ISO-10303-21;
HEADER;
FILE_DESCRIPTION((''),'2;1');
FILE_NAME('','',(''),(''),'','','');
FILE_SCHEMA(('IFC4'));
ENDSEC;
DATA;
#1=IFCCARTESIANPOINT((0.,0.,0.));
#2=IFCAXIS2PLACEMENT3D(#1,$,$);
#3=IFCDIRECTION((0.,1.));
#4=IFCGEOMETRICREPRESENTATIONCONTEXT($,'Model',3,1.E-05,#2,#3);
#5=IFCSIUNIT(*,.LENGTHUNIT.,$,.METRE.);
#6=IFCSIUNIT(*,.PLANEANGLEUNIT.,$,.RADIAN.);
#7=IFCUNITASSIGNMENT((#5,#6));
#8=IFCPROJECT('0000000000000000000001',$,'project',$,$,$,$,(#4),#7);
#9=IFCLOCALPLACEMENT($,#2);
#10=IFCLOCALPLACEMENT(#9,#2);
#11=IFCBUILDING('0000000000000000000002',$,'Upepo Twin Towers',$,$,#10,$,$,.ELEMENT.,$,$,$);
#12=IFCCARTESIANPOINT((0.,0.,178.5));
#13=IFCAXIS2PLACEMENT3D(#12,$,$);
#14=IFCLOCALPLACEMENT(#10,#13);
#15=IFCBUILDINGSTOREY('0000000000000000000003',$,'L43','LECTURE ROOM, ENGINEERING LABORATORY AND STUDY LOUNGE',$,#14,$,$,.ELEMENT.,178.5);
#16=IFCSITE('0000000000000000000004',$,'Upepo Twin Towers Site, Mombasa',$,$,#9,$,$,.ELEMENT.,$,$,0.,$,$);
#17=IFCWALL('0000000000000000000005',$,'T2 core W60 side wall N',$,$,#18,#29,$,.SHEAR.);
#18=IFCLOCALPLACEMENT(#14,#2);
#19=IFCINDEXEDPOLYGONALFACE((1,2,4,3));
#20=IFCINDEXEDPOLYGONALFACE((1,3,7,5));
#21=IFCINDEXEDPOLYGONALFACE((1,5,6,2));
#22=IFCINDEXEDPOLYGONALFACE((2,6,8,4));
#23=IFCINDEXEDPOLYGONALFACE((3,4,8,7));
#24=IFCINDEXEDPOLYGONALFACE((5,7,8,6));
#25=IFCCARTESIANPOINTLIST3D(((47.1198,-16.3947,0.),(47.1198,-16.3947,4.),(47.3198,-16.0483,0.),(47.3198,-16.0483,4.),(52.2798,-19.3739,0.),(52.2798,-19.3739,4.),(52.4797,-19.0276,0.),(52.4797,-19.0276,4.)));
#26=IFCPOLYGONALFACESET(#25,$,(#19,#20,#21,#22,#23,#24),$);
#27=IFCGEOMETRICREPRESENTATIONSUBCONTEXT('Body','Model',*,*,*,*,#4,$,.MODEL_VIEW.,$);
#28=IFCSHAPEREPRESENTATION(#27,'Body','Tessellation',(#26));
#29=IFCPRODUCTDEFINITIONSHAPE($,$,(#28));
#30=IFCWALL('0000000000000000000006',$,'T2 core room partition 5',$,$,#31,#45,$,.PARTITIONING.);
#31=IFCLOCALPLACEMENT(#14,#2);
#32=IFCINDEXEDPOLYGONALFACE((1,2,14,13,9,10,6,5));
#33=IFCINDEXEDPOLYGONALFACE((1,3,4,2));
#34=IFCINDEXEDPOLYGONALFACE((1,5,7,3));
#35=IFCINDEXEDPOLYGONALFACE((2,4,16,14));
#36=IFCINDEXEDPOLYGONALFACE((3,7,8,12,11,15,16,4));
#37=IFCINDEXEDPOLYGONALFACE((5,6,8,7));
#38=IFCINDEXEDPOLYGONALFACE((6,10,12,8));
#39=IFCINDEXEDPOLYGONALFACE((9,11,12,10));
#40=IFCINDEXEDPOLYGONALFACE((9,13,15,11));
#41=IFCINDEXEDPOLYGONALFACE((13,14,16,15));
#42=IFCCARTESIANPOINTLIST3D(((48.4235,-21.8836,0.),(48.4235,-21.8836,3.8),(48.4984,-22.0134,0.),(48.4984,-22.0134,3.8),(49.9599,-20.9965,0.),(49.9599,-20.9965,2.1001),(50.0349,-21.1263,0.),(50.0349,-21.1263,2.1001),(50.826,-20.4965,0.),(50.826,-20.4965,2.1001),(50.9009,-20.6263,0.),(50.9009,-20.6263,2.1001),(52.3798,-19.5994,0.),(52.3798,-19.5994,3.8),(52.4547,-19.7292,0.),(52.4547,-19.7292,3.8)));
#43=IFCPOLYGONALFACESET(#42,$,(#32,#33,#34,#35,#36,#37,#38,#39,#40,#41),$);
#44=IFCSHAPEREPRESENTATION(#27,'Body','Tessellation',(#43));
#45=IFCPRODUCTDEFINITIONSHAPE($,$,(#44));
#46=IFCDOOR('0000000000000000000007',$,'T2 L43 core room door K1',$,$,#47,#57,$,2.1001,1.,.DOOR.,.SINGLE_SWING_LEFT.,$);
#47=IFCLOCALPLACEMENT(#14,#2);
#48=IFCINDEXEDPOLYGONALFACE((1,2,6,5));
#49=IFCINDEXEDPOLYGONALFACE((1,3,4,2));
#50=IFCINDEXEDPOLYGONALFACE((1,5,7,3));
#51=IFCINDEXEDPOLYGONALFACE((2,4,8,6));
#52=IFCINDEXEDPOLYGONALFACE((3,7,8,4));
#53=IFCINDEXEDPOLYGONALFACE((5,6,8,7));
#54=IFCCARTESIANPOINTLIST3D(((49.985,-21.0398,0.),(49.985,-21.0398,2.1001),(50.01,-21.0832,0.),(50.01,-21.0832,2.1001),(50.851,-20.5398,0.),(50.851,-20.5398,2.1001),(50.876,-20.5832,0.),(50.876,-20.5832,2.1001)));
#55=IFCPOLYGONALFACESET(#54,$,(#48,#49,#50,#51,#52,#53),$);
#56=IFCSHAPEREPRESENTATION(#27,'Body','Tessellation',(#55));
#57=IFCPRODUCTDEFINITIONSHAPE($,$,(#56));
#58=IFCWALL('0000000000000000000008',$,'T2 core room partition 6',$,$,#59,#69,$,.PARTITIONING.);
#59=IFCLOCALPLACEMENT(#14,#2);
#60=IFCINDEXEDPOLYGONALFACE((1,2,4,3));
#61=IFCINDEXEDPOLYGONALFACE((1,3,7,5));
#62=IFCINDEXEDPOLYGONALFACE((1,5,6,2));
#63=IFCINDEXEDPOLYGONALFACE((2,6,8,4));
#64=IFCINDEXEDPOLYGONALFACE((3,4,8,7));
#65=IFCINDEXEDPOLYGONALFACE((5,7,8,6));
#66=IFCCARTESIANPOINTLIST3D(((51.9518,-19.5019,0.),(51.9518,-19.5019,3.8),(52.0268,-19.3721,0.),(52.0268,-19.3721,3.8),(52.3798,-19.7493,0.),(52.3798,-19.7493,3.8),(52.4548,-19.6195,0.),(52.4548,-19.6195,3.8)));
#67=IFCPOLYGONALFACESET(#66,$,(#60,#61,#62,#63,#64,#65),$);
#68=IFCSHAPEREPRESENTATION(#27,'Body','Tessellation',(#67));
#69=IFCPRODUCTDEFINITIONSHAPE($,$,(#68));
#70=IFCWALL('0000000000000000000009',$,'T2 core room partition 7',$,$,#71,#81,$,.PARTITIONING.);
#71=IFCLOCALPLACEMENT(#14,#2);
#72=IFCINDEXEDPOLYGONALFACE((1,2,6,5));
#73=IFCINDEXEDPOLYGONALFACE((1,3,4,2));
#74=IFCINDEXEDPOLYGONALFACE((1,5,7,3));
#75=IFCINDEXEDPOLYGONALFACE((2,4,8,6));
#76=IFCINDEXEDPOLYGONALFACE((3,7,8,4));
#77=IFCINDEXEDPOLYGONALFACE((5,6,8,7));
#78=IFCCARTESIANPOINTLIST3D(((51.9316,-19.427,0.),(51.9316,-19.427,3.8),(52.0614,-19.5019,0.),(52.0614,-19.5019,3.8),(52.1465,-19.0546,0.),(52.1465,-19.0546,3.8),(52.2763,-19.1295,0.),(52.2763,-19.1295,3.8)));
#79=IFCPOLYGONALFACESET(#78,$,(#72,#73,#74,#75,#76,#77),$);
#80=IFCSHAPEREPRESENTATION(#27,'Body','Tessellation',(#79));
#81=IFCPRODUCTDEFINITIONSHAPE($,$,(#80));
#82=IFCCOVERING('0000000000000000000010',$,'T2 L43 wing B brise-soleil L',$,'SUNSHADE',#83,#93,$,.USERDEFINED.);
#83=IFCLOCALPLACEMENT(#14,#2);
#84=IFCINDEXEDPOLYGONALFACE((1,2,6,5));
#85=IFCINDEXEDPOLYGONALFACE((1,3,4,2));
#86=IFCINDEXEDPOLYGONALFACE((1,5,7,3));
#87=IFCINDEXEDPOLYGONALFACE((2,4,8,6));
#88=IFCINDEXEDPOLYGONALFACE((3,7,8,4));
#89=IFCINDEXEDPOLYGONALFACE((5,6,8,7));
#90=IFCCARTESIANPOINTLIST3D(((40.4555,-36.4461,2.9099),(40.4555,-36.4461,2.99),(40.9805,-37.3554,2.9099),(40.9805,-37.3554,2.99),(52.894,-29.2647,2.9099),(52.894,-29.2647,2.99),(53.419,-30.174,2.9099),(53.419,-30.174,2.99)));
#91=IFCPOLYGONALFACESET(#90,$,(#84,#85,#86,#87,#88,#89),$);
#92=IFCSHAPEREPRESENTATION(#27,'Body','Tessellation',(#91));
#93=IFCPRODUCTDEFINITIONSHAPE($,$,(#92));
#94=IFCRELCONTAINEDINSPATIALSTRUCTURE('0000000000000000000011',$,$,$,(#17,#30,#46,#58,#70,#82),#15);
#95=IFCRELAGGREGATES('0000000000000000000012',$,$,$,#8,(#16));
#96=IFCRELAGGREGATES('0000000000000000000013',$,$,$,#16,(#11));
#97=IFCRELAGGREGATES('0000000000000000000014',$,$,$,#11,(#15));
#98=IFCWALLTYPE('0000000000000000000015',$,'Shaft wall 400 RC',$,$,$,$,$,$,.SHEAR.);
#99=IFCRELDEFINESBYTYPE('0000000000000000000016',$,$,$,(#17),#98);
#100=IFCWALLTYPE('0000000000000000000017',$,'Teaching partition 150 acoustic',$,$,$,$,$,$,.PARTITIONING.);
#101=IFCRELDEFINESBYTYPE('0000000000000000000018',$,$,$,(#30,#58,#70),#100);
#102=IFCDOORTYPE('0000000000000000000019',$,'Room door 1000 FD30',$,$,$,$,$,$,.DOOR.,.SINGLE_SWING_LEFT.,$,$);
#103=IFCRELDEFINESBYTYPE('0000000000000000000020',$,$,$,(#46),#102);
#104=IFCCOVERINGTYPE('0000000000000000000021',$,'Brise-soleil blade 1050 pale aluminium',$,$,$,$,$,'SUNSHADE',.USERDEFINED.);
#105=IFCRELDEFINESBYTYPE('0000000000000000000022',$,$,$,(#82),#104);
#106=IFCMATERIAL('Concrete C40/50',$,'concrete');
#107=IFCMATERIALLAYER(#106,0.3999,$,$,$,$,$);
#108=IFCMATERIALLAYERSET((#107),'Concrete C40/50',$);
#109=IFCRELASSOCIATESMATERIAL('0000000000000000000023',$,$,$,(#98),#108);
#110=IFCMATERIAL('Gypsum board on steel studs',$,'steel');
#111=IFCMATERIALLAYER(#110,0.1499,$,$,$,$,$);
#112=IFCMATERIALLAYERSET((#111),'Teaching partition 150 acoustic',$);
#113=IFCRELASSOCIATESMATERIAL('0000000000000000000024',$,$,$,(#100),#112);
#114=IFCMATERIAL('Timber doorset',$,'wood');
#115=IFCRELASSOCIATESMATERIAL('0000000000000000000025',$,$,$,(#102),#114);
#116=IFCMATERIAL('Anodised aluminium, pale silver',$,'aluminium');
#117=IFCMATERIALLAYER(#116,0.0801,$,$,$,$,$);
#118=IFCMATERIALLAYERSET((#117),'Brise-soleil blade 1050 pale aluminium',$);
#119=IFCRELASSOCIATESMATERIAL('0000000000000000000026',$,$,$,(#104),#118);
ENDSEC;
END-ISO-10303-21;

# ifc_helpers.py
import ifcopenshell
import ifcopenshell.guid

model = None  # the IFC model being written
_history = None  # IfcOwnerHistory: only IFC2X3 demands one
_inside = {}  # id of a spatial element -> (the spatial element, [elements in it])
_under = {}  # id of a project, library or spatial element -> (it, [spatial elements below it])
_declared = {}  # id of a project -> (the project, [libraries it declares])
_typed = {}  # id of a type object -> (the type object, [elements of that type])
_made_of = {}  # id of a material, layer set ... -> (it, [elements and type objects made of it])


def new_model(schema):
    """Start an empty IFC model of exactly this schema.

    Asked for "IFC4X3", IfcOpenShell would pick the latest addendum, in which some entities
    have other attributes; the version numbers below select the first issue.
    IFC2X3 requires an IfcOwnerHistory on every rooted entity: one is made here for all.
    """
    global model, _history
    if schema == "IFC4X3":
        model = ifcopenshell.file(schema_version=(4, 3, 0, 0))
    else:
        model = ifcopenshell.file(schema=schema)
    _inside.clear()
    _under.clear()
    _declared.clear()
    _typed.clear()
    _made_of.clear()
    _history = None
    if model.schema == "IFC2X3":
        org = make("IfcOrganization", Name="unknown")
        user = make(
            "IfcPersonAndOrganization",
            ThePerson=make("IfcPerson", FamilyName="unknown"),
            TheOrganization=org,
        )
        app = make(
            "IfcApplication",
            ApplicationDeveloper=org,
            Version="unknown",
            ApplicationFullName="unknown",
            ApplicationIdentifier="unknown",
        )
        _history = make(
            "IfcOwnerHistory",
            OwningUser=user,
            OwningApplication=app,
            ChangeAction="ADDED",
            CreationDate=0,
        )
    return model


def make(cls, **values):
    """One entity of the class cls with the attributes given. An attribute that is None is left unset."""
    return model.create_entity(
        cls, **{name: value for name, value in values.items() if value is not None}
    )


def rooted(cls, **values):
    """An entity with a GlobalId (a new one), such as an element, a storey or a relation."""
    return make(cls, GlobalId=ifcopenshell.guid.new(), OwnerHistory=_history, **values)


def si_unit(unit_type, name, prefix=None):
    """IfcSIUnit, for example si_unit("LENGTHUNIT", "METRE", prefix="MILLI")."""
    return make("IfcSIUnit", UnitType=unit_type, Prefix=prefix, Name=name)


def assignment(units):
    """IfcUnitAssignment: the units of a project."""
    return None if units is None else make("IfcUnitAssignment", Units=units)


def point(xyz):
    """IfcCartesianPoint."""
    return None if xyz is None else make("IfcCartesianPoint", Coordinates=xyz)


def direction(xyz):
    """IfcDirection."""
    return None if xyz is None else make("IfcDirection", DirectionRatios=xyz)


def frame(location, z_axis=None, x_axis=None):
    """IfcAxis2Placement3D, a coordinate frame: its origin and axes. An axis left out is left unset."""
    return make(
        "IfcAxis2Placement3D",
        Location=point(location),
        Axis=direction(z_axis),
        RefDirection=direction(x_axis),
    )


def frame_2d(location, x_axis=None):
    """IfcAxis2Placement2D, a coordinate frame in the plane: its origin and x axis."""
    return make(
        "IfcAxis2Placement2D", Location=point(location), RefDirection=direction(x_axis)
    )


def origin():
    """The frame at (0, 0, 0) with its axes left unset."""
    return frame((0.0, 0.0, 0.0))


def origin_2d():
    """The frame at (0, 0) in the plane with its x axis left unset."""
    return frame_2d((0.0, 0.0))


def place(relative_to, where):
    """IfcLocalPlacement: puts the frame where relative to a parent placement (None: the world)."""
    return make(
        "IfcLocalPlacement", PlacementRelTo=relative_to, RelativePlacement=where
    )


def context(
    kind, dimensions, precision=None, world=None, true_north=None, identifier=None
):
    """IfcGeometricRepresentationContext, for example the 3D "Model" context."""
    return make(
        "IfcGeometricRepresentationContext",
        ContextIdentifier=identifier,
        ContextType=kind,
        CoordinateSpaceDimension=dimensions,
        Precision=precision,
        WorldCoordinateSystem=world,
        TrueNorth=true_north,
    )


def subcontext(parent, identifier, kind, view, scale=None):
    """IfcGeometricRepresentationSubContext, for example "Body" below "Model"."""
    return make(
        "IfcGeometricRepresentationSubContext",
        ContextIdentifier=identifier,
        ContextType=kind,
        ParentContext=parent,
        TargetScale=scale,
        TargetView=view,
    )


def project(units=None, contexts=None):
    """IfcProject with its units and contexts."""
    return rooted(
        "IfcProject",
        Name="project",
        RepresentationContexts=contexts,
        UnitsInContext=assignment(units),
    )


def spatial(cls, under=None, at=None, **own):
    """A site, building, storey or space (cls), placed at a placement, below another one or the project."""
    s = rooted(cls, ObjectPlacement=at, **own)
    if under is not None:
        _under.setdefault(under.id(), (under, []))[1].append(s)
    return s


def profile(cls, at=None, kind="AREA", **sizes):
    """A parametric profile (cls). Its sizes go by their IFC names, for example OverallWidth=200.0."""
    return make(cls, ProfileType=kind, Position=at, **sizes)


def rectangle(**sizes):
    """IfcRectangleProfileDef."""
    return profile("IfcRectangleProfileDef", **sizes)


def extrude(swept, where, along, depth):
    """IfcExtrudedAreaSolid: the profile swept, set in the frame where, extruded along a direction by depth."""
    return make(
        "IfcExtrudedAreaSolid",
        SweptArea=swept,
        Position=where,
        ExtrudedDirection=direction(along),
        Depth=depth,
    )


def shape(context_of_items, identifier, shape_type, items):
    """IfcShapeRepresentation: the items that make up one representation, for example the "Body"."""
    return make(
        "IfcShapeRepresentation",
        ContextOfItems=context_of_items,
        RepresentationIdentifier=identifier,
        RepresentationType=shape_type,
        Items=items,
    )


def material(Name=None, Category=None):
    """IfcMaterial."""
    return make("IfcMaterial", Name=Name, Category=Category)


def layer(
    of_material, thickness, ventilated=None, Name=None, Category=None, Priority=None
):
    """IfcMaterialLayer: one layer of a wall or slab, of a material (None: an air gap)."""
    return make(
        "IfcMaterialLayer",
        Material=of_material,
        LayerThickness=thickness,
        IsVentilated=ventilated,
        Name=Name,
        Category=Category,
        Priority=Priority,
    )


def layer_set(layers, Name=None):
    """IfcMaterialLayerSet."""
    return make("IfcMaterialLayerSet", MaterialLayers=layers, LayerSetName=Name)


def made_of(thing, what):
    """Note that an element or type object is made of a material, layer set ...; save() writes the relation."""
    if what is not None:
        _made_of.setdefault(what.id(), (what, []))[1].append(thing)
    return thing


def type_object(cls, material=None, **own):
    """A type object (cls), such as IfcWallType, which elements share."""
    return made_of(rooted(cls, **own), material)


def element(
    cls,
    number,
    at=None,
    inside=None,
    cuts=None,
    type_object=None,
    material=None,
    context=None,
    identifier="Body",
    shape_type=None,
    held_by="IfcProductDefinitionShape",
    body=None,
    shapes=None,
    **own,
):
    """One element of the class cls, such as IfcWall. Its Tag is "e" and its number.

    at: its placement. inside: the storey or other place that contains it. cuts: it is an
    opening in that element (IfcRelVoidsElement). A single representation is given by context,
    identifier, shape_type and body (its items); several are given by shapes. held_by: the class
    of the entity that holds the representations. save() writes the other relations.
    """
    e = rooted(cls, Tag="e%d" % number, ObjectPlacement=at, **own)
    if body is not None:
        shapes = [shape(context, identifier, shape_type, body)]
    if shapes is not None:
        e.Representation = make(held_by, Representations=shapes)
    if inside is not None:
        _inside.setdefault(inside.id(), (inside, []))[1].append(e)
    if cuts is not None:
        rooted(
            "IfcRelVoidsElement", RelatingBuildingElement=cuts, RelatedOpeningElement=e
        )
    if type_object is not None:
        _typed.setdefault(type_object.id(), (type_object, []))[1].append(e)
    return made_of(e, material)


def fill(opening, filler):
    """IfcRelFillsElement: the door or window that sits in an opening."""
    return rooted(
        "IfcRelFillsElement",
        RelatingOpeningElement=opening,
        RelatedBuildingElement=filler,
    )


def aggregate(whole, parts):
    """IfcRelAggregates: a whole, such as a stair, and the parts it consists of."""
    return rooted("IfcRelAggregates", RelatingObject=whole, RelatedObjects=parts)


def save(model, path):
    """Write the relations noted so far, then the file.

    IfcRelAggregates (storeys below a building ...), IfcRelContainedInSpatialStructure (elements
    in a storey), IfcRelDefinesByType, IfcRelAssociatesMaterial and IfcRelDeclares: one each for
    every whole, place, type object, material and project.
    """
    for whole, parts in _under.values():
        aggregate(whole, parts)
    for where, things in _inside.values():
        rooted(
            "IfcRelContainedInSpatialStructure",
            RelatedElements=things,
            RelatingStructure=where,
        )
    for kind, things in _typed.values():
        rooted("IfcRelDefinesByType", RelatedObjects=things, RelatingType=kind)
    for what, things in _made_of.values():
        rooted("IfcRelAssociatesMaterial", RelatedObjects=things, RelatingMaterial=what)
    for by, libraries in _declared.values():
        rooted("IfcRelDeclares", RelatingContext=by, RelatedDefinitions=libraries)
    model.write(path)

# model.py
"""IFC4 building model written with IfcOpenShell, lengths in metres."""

from ifc_helpers import new_model, si_unit, direction, frame, frame_2d, origin, origin_2d, place, context, subcontext, project, spatial, rectangle, extrude, material, layer, layer_set, type_object, element, fill, save


model = new_model("IFC4")

# Units and contexts
model_context = context("Model", 3, precision=1e-05, world=origin(), true_north=direction((0.0, 1.0)))
body_context = subcontext(model_context, "Body", "Model", "MODEL_VIEW")
ifc_project = project(units=[si_unit("LENGTHUNIT", "METRE"), si_unit("PLANEANGLEUNIT", "RADIAN")], contexts=[model_context])

# Site, building, storey
site_placement = place(None, origin())
site = spatial("IfcSite", under=ifc_project, at=site_placement, Name="Upepo Twin Towers Site, Mombasa", CompositionType="ELEMENT", RefElevation=0.0)
building_placement = place(site_placement, origin())
building = spatial("IfcBuilding", under=site, at=building_placement, Name="Upepo Twin Towers", CompositionType="ELEMENT")
storey_placement = place(building_placement, frame((0.0, 0.0, 178.5)))
storey = spatial("IfcBuildingStorey", under=building, at=storey_placement, Name="L43", Description="LECTURE ROOM, ENGINEERING LABORATORY AND STUDY LOUNGE", CompositionType="ELEMENT", Elevation=178.5)

# Wall
ifc_material_1 = material(Name="Concrete C40/50", Category="concrete")
ifc_layer_1 = layer(ifc_material_1, 0.3999)
ifc_layer_set_1 = layer_set([ifc_layer_1], Name="Concrete C40/50")
wall_type_1 = type_object("IfcWallType", Name="Shaft wall 400 RC", PredefinedType="SHEAR", material=ifc_layer_set_1)
wall_1_placement = place(storey_placement, frame((52.3796, -19.2007, 0.0), z_axis=(0.0, 0.0, 1.0), x_axis=(-0.866013, 0.500022, 0.0)))
element("IfcWall", 1, at=wall_1_placement, inside=storey, type_object=wall_type_1, Name="T2 core W60 side wall N", PredefinedType="SHEAR", context=body_context, shape_type="SweptSolid", body=[
    extrude(rectangle(XDim=5.9583, YDim=0.3999, at=frame_2d((2.979, 0.0))), origin(), (0.0, 0.0, 1.0), 4.0),
])

# Wall, opening, door
ifc_material_2 = material(Name="Gypsum board on steel studs", Category="steel")
ifc_layer_2 = layer(ifc_material_2, 0.1499)
ifc_layer_set_2 = layer_set([ifc_layer_2], Name="Teaching partition 150 acoustic")
wall_type_2 = type_object("IfcWallType", Name="Teaching partition 150 acoustic", PredefinedType="PARTITIONING", material=ifc_layer_set_2)
wall_2_placement = place(storey_placement, frame((48.4609, -21.9485, 0.0), z_axis=(0.0, 0.0, 1.0), x_axis=(0.866025, 0.500002, 0.0)))
wall_2 = element("IfcWall", 2, at=wall_2_placement, inside=storey, type_object=wall_type_2, Name="T2 core room partition 5", PredefinedType="PARTITIONING", context=body_context, shape_type="SweptSolid", body=[
    extrude(rectangle(XDim=4.5684, YDim=0.1499, at=frame_2d((2.2842, 0.0))), origin(), (0.0, 0.0, 1.0), 3.8),
])
opening_1_placement = place(wall_2_placement, frame((1.7742, 0.0, 0.0)))
opening_1 = element("IfcOpeningElement", 3, at=opening_1_placement, cuts=wall_2, PredefinedType="OPENING", context=body_context, shape_type="SweptSolid", body=[
    extrude(rectangle(XDim=1.0, YDim=2.1001, at=frame_2d((0.5, 1.05))), frame((0.0, 0.085, 0.0), z_axis=(0.0, -1.0, 0.0), x_axis=(1.0, 0.0, 0.0)), (0.0, 0.0, 1.0), 0.1699),
])
ifc_material_3 = material(Name="Timber doorset", Category="wood")
door_type_1 = type_object("IfcDoorType", Name="Room door 1000 FD30", OperationType="SINGLE_SWING_LEFT", PredefinedType="DOOR", material=ifc_material_3)
door_1_placement = place(opening_1_placement, origin())
door_1 = element("IfcDoor", 4, at=door_1_placement, inside=storey, type_object=door_type_1, Name="T2 L43 core room door K1", OperationType="SINGLE_SWING_LEFT", OverallHeight=2.1001, OverallWidth=1.0, PredefinedType="DOOR", context=body_context, shape_type="SweptSolid", body=[
    extrude(rectangle(XDim=1.0, YDim=2.1001, at=frame_2d((0.5, 1.05))), frame((0.0, 0.0249, 0.0), z_axis=(0.0, -1.0, 0.0), x_axis=(1.0, 0.0, 0.0)), (0.0, 0.0, 1.0), 0.05),
])
fill(opening_1, door_1)

# Walls
wall_3_placement = place(storey_placement, frame((52.4172, -19.6843, 0.0), z_axis=(0.0, 0.0, 1.0), x_axis=(-0.865832, 0.500335, 0.0)))
element("IfcWall", 5, at=wall_3_placement, inside=storey, type_object=wall_type_2, Name="T2 core room partition 6", PredefinedType="PARTITIONING", context=body_context, shape_type="SweptSolid", body=[
    extrude(rectangle(XDim=0.4944, YDim=0.1499, at=frame_2d((0.2471, 0.0))), origin(), (0.0, 0.0, 1.0), 3.8),
])
wall_4_placement = place(storey_placement, frame((51.9966, -19.4644, 0.0), z_axis=(0.0, 0.0, 1.0), x_axis=(0.499804, 0.866138, 0.0)))
element("IfcWall", 6, at=wall_4_placement, inside=storey, type_object=wall_type_2, Name="T2 core room partition 7", PredefinedType="PARTITIONING", context=body_context, shape_type="SweptSolid", body=[
    extrude(rectangle(XDim=0.4299, YDim=0.1499, at=frame_2d((0.2148, 0.0))), origin(), (0.0, 0.0, 1.0), 3.8),
])

# Covering
ifc_material_4 = material(Name="Anodised aluminium, pale silver", Category="aluminium")
ifc_layer_3 = layer(ifc_material_4, 0.0801)
ifc_layer_set_3 = layer_set([ifc_layer_3], Name="Brise-soleil blade 1050 pale aluminium")
covering_type = type_object("IfcCoveringType", Name="Brise-soleil blade 1050 pale aluminium", ElementType="SUNSHADE", PredefinedType="USERDEFINED", material=ifc_layer_set_3)
covering_placement = place(storey_placement, frame((46.9373, -33.3101, 2.9099), z_axis=(0.0, 0.0, 1.0), x_axis=(-0.866025, -0.5, 0.0)))
element("IfcCovering", 7, at=covering_placement, inside=storey, type_object=covering_type, Name="T2 L43 wing B brise-soleil L", ObjectType="SUNSHADE", PredefinedType="USERDEFINED", context=body_context, shape_type="SweptSolid", body=[
    extrude(rectangle(XDim=14.3628, YDim=1.05, at=origin_2d()), origin(), (0.0, 0.0, 1.0), 0.0801),
])

save(model, "model.ifc")
